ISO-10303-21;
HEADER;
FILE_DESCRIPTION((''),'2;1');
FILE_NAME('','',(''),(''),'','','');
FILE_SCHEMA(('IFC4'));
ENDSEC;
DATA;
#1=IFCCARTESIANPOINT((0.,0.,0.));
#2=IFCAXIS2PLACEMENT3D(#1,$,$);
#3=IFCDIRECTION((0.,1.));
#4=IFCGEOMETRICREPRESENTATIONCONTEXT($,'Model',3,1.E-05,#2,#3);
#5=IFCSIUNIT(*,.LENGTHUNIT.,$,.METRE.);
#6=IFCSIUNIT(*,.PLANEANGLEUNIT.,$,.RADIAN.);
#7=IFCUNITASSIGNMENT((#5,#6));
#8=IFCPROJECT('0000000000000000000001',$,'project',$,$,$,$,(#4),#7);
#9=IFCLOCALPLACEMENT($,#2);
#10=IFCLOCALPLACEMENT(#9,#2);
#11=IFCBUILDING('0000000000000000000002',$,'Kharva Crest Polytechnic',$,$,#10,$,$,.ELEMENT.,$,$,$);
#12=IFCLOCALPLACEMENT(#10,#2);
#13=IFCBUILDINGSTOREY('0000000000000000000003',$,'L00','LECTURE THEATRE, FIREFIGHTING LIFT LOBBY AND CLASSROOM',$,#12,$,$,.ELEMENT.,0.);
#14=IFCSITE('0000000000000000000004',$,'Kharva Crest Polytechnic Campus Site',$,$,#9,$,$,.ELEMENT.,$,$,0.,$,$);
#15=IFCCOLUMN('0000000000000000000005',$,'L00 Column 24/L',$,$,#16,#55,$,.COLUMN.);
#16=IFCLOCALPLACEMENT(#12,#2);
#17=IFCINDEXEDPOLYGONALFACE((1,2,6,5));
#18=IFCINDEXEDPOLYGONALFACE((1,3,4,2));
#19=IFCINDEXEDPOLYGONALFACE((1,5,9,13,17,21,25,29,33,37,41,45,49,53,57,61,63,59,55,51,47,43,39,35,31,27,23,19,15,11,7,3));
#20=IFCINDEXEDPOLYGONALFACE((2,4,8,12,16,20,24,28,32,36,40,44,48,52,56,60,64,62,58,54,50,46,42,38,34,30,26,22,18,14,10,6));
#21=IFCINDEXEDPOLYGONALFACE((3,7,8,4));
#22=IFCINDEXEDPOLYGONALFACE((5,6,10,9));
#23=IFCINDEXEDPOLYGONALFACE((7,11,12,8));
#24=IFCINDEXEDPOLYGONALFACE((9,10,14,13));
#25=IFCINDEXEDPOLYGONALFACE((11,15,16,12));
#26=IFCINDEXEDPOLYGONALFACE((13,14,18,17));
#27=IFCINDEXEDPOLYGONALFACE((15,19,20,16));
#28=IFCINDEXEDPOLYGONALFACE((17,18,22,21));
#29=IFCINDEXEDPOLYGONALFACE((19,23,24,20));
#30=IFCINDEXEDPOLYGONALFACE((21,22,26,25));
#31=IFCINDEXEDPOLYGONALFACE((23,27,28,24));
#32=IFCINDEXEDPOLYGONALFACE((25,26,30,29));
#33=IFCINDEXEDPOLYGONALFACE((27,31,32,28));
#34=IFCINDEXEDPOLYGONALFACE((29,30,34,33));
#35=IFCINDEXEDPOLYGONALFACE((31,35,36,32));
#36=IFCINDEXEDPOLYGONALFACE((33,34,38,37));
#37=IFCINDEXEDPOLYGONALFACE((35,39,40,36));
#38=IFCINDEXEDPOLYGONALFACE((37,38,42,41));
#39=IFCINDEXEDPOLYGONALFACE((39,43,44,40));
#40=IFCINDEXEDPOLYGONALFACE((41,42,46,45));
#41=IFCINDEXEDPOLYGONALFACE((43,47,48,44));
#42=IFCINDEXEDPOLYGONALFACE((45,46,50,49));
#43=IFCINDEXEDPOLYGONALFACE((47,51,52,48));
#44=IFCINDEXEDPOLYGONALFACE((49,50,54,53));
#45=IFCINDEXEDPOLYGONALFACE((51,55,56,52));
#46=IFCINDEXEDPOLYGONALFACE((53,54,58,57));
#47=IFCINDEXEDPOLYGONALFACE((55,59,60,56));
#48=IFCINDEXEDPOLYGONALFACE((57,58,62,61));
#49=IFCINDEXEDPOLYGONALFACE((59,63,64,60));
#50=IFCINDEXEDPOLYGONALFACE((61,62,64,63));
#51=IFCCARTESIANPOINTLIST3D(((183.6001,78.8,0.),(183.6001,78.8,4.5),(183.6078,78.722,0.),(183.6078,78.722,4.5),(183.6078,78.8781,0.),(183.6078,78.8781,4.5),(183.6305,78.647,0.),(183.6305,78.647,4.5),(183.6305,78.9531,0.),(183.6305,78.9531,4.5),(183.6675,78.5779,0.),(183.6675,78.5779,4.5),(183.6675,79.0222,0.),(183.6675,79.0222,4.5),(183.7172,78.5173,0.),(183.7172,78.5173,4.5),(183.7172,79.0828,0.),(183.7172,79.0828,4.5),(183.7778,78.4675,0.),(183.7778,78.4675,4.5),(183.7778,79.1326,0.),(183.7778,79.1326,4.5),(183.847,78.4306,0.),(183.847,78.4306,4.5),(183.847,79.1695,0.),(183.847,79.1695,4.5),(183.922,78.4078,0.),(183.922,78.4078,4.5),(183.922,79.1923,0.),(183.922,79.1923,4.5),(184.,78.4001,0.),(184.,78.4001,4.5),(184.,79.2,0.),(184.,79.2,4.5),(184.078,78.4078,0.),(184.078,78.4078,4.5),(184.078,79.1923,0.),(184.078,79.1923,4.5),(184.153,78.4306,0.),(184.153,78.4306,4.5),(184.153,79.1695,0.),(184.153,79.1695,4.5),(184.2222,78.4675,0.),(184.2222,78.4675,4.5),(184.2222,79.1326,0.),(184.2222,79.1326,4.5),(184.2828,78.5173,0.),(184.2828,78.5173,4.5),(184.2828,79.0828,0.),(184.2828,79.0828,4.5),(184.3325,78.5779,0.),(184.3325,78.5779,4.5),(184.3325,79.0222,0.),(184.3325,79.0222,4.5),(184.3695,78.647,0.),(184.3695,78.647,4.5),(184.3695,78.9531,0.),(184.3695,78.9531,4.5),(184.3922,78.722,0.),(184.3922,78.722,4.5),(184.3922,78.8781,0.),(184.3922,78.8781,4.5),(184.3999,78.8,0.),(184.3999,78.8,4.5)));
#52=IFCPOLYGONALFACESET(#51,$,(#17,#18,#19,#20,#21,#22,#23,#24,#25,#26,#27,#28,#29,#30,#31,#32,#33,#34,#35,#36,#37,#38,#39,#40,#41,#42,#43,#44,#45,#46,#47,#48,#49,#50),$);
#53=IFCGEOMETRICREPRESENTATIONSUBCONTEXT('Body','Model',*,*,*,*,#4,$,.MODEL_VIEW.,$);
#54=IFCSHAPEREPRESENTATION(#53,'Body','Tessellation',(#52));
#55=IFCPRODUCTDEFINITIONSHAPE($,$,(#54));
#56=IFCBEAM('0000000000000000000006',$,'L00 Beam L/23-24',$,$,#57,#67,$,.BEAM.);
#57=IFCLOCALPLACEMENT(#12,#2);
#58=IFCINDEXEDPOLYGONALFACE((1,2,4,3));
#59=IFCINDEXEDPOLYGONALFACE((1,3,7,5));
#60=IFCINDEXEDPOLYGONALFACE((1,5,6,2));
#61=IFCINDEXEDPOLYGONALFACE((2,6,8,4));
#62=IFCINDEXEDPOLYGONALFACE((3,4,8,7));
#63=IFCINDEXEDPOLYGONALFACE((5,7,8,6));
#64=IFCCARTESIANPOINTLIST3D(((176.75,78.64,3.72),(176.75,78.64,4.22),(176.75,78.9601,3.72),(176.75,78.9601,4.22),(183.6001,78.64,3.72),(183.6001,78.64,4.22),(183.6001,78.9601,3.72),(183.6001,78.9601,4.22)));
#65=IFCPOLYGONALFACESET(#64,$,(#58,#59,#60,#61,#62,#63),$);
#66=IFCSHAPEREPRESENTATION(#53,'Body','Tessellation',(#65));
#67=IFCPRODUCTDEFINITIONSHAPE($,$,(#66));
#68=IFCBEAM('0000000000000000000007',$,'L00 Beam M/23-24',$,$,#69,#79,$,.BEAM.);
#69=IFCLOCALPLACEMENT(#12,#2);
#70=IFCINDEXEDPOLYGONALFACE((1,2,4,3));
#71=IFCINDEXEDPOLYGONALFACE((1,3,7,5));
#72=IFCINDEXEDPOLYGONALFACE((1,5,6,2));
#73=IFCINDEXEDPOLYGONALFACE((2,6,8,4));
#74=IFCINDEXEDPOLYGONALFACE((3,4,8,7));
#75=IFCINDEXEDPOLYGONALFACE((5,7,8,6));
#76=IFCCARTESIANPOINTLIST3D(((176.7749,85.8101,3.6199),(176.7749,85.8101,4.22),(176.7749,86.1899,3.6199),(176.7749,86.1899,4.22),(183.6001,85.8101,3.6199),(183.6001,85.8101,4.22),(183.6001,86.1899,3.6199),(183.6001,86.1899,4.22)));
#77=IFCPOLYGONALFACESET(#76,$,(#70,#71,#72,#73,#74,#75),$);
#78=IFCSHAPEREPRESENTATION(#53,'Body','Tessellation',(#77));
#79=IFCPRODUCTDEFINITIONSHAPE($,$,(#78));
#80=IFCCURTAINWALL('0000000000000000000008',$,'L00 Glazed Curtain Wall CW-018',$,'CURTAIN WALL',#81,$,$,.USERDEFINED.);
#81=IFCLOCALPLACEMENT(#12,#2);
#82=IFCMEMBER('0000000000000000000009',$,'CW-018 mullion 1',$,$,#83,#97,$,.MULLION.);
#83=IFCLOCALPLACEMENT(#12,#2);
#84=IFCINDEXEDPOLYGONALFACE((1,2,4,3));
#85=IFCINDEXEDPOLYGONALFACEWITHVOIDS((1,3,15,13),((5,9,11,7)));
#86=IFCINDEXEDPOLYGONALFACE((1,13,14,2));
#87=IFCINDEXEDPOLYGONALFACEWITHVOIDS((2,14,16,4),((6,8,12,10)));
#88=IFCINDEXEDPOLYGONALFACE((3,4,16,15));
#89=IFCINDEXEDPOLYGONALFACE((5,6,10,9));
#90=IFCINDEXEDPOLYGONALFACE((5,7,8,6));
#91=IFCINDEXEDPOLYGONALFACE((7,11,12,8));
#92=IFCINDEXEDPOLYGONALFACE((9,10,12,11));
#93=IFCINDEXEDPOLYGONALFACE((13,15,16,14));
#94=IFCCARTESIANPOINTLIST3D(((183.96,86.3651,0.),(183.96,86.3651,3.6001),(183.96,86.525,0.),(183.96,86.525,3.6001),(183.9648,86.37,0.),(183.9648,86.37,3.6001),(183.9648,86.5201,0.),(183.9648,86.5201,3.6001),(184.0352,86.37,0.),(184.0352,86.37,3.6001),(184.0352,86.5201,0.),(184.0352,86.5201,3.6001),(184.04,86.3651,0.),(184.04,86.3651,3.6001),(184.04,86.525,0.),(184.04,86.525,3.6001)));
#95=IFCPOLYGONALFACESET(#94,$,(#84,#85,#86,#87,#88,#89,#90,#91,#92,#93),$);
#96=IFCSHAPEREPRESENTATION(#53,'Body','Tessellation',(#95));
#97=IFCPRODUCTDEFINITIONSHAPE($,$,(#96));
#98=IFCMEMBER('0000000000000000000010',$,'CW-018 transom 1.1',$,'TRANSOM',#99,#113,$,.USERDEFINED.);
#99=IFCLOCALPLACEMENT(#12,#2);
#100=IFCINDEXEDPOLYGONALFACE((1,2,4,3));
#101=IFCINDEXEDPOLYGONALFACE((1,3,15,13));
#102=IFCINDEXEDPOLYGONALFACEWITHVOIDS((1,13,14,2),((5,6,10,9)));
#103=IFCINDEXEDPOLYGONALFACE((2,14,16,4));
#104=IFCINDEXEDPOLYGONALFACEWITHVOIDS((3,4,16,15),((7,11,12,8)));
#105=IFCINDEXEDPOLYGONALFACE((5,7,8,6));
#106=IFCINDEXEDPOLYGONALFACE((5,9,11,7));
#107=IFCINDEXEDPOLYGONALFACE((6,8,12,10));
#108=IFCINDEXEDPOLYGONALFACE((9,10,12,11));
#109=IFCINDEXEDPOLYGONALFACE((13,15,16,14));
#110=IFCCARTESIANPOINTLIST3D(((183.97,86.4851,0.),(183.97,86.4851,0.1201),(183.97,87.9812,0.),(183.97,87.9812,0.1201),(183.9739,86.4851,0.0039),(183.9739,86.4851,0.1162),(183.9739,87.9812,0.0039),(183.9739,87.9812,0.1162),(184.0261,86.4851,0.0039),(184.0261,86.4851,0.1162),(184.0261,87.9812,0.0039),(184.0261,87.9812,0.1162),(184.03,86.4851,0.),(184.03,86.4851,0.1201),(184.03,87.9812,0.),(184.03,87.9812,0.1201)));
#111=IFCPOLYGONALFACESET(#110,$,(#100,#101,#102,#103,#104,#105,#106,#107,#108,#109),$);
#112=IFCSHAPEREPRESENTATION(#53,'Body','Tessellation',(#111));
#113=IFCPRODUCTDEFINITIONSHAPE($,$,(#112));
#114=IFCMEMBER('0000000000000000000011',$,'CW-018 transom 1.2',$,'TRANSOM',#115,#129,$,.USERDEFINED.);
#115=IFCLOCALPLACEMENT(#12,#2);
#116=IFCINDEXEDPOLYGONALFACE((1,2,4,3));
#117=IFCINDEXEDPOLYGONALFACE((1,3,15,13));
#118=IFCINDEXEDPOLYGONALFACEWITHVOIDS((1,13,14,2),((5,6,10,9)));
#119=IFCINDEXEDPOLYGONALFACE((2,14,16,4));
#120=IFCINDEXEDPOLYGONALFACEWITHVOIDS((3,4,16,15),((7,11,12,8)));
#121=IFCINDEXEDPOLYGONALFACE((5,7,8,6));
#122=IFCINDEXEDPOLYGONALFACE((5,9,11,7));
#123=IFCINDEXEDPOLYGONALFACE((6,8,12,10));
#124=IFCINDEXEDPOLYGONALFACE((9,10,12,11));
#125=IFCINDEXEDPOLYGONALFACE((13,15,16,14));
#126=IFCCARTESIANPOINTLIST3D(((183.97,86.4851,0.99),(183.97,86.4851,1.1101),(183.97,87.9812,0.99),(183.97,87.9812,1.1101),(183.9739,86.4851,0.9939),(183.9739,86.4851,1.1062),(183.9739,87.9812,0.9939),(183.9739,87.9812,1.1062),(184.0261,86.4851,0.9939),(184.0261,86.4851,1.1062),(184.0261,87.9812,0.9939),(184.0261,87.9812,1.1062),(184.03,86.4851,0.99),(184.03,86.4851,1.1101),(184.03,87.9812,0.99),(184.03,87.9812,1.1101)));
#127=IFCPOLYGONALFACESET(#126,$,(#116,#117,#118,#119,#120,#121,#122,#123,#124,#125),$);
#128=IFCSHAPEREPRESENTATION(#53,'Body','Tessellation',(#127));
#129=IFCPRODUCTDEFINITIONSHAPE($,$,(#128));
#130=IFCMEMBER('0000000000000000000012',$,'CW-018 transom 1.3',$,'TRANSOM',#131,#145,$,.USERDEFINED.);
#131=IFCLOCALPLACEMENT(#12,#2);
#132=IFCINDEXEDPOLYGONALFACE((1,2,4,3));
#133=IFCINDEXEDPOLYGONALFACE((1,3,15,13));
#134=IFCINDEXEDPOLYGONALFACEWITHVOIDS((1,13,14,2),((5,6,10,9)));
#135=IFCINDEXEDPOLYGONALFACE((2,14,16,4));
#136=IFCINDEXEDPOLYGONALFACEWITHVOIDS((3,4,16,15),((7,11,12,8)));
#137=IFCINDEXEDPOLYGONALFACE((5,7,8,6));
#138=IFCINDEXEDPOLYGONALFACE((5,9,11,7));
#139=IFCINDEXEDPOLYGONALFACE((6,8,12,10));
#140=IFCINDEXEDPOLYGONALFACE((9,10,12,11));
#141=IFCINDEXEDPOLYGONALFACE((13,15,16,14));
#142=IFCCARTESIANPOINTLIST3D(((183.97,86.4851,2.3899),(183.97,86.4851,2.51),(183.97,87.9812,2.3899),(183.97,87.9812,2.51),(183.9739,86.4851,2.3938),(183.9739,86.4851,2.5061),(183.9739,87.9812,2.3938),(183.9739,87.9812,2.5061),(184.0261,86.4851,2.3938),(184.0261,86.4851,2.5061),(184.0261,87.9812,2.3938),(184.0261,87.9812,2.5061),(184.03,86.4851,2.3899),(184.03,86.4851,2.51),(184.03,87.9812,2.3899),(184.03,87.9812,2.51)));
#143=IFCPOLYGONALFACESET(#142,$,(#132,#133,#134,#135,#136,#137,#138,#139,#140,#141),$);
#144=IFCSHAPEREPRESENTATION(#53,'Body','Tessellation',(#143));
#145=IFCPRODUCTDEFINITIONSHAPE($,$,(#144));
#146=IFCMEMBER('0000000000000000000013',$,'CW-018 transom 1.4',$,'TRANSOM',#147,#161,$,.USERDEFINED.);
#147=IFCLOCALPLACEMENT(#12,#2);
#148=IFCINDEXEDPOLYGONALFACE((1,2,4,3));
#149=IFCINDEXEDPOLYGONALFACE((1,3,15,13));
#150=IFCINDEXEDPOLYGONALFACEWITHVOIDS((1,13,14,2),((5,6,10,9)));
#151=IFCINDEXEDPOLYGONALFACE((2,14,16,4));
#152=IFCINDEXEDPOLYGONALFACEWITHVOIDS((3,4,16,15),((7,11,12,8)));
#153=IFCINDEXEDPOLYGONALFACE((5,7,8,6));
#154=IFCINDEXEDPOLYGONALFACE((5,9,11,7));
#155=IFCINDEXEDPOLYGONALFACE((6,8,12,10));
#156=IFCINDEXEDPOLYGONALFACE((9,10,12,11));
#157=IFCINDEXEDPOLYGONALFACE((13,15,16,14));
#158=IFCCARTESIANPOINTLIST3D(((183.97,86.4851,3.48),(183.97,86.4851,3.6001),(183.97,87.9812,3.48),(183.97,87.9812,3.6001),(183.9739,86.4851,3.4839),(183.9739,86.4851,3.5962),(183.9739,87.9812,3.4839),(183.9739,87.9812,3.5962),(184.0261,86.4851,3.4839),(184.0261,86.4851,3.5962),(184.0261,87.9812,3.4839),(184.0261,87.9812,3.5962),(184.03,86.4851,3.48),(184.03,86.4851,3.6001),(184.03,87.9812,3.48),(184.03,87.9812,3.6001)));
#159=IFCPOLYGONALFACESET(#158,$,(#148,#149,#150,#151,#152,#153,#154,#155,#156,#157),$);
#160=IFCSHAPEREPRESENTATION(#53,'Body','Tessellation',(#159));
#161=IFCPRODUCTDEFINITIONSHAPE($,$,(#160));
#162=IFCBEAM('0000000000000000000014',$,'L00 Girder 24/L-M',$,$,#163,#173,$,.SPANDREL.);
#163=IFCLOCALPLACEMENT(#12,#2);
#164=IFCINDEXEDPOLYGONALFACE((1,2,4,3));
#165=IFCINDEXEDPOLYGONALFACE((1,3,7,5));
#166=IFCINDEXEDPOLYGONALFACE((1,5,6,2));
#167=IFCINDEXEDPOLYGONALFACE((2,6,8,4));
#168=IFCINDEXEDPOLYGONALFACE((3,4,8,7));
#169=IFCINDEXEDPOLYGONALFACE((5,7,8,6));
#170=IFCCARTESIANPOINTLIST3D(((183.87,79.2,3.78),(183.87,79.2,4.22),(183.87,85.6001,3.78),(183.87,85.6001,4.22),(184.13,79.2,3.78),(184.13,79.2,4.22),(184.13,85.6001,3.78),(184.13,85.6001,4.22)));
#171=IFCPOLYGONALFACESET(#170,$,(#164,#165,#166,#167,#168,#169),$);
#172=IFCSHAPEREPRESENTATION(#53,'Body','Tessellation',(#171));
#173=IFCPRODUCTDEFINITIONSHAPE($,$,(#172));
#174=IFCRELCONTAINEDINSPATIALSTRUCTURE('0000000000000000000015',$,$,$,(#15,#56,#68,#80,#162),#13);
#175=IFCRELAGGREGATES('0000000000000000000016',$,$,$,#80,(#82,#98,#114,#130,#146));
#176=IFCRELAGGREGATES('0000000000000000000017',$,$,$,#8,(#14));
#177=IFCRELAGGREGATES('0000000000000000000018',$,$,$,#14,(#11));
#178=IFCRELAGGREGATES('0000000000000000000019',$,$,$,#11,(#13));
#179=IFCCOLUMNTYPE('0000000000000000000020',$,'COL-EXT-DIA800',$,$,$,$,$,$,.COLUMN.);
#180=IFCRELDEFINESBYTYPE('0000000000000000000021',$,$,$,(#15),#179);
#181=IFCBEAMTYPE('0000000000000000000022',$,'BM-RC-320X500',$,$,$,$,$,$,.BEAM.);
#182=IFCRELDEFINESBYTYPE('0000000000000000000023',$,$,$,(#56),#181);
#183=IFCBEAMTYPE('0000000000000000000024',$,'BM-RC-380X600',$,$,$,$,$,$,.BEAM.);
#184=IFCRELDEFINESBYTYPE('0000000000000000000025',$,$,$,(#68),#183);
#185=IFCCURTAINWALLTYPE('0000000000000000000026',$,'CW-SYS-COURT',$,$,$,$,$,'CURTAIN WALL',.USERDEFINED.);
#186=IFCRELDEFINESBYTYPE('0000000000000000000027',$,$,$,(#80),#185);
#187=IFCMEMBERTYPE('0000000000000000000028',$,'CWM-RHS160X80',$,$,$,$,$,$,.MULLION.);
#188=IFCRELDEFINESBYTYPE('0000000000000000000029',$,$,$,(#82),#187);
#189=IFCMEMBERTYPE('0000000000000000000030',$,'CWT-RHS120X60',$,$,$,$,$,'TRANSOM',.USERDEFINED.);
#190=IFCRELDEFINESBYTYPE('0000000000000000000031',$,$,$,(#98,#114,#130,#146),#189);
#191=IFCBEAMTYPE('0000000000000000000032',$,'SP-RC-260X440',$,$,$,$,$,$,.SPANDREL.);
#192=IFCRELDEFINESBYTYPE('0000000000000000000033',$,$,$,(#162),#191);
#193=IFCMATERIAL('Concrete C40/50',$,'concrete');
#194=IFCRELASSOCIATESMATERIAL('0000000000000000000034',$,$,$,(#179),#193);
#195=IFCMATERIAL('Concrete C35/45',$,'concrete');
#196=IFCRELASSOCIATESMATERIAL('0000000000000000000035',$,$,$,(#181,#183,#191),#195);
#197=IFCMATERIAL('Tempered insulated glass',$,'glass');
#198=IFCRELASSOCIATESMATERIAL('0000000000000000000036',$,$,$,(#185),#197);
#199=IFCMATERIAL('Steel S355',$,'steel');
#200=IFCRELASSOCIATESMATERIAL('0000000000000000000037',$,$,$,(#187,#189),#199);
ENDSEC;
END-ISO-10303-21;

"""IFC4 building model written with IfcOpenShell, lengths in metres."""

from ifc_helpers import new_model, si_unit, direction, frame, origin, origin_2d, place, context, subcontext, project, spatial, rectangle, hollow_rectangle, circle, extrude, material, material_profile, profile_set, type_object, element, aggregate, save


model = new_model("IFC4")

# Units and contexts
model_context = context("Model", 3, precision=1e-05, world=origin(), true_north=direction((0.0, 1.0)))
body_context = subcontext(model_context, "Body", "Model", "MODEL_VIEW")
ifc_project = project(units=[si_unit("LENGTHUNIT", "METRE"), si_unit("PLANEANGLEUNIT", "RADIAN")], contexts=[model_context])

# Site, building, storey
site_placement = place(None, origin())
site = spatial("IfcSite", under=ifc_project, at=site_placement, Name="Kharva Crest Polytechnic Campus Site", CompositionType="ELEMENT", RefElevation=0.0)
building_placement = place(site_placement, origin())
building = spatial("IfcBuilding", under=site, at=building_placement, Name="Kharva Crest Polytechnic", CompositionType="ELEMENT")
storey_placement = place(building_placement, origin())
storey = spatial("IfcBuildingStorey", under=building, at=storey_placement, Name="L00", Description="LECTURE THEATRE, FIREFIGHTING LIFT LOBBY AND CLASSROOM", CompositionType="ELEMENT", Elevation=0.0)

# Shared definitions
ifc_material_1 = material(Name="Concrete C35/45", Category="concrete")

# Column
ifc_material_2 = material(Name="Concrete C40/50", Category="concrete")
ifc_material_profile_1 = material_profile(ifc_material_2, circle(Radius=0.3999, at=origin_2d()), Name="DIA 800")
ifc_profile_set_1 = profile_set([ifc_material_profile_1], Name="Concrete C40/50")
column_type_1 = type_object("IfcColumnType", Name="COL-EXT-DIA800", PredefinedType="COLUMN", material=ifc_profile_set_1)
column_1_placement = place(storey_placement, frame((184.0, 78.8, 0.0), z_axis=(0.0, 0.0, 1.0), x_axis=(1.0, 0.0, 0.0)))
element("IfcColumn", 1, at=column_1_placement, inside=storey, type_object=column_type_1, Name="L00 Column 24/L", PredefinedType="COLUMN", context=body_context, shape_type="SweptSolid", body=[
    extrude(circle(Radius=0.3999, at=origin_2d()), origin(), (0.0, 0.0, 1.0), 4.5),
])

# Beams
ifc_material_profile_2 = material_profile(ifc_material_1, rectangle(XDim=0.3201, YDim=0.5, at=origin_2d()), Name="RECT 320 X 500")
ifc_profile_set_2 = profile_set([ifc_material_profile_2], Name="Concrete C35/45")
beam_type_1 = type_object("IfcBeamType", Name="BM-RC-320X500", PredefinedType="BEAM", material=ifc_profile_set_2)
beam_1_placement = place(storey_placement, frame((176.75, 78.8, 3.97), z_axis=(1.0, 0.0, 0.0), x_axis=(0.0, 1.0, 0.0)))
element("IfcBeam", 2, at=beam_1_placement, inside=storey, type_object=beam_type_1, Name="L00 Beam L/23-24", PredefinedType="BEAM", context=body_context, shape_type="SweptSolid", body=[
    extrude(rectangle(XDim=0.3201, YDim=0.5, at=origin_2d()), origin(), (0.0, 0.0, 1.0), 6.8501),
])
ifc_material_profile_3 = material_profile(ifc_material_1, rectangle(XDim=0.3799, YDim=0.6001, at=origin_2d()), Name="RECT 380 X 600")
ifc_profile_set_3 = profile_set([ifc_material_profile_3], Name="Concrete C35/45")
beam_type_2 = type_object("IfcBeamType", Name="BM-RC-380X600", PredefinedType="BEAM", material=ifc_profile_set_3)
beam_2_placement = place(storey_placement, frame((176.7749, 86.0, 3.9199), z_axis=(1.0, 0.0, 0.0), x_axis=(0.0, 1.0, 0.0)))
element("IfcBeam", 3, at=beam_2_placement, inside=storey, type_object=beam_type_2, Name="L00 Beam M/23-24", PredefinedType="BEAM", context=body_context, shape_type="SweptSolid", body=[
    extrude(rectangle(XDim=0.3799, YDim=0.6001, at=origin_2d()), origin(), (0.0, 0.0, 1.0), 6.8252),
])

# Curtain wall, members
ifc_material_3 = material(Name="Tempered insulated glass", Category="glass")
curtain_wall_type = type_object("IfcCurtainWallType", Name="CW-SYS-COURT", ElementType="CURTAIN WALL", PredefinedType="USERDEFINED", material=ifc_material_3)
curtain_wall_placement = place(storey_placement, origin())
curtain_wall = element("IfcCurtainWall", 4, at=curtain_wall_placement, inside=storey, type_object=curtain_wall_type, Name="L00 Glazed Curtain Wall CW-018", ObjectType="CURTAIN WALL", PredefinedType="USERDEFINED")
ifc_material_4 = material(Name="Steel S355", Category="steel")
ifc_material_profile_4 = material_profile(ifc_material_4, hollow_rectangle(XDim=0.0801, YDim=0.1599, WallThickness=0.0049, at=origin_2d()), Name="RHS 160X80X5.0")
ifc_profile_set_4 = profile_set([ifc_material_profile_4], Name="Steel S355")
member_type_1 = type_object("IfcMemberType", Name="CWM-RHS160X80", PredefinedType="MULLION", material=ifc_profile_set_4)
member_1_placement = place(storey_placement, frame((184.0, 86.4451, 0.0), z_axis=(0.0, 0.0, 1.0), x_axis=(-1.0, 0.0, 0.0)))
member_1 = element("IfcMember", 5, at=member_1_placement, type_object=member_type_1, Name="CW-018 mullion 1", PredefinedType="MULLION", context=body_context, shape_type="SweptSolid", body=[
    extrude(hollow_rectangle(XDim=0.0801, YDim=0.1599, WallThickness=0.0049, at=origin_2d()), origin(), (0.0, 0.0, 1.0), 3.6001),
])
ifc_material_profile_5 = material_profile(ifc_material_4, hollow_rectangle(XDim=0.0601, YDim=0.1201, WallThickness=0.0039, at=origin_2d()), Name="RHS 120X60X4.0")
ifc_profile_set_5 = profile_set([ifc_material_profile_5], Name="Steel S355")
member_type_2 = type_object("IfcMemberType", Name="CWT-RHS120X60", ElementType="TRANSOM", PredefinedType="USERDEFINED", material=ifc_profile_set_5)
member_2_placement = place(storey_placement, frame((184.0, 86.4851, 0.0601), z_axis=(0.0, 1.0, 0.0), x_axis=(-1.0, 0.0, 0.0)))
member_2 = element("IfcMember", 6, at=member_2_placement, type_object=member_type_2, Name="CW-018 transom 1.1", ObjectType="TRANSOM", PredefinedType="USERDEFINED", context=body_context, shape_type="SweptSolid", body=[
    extrude(hollow_rectangle(XDim=0.0601, YDim=0.1201, WallThickness=0.0039, at=origin_2d()), origin(), (0.0, 0.0, 1.0), 1.4961),
])
member_3_placement = place(storey_placement, frame((184.0, 86.4851, 1.05), z_axis=(0.0, 1.0, 0.0), x_axis=(-1.0, 0.0, 0.0)))
member_3 = element("IfcMember", 7, at=member_3_placement, type_object=member_type_2, Name="CW-018 transom 1.2", ObjectType="TRANSOM", PredefinedType="USERDEFINED", context=body_context, shape_type="SweptSolid", body=[
    extrude(hollow_rectangle(XDim=0.0601, YDim=0.1201, WallThickness=0.0039, at=origin_2d()), origin(), (0.0, 0.0, 1.0), 1.4961),
])
member_4_placement = place(storey_placement, frame((184.0, 86.4851, 2.45), z_axis=(0.0, 1.0, 0.0), x_axis=(-1.0, 0.0, 0.0)))
member_4 = element("IfcMember", 8, at=member_4_placement, type_object=member_type_2, Name="CW-018 transom 1.3", ObjectType="TRANSOM", PredefinedType="USERDEFINED", context=body_context, shape_type="SweptSolid", body=[
    extrude(hollow_rectangle(XDim=0.0601, YDim=0.1201, WallThickness=0.0039, at=origin_2d()), origin(), (0.0, 0.0, 1.0), 1.4961),
])
member_5_placement = place(storey_placement, frame((184.0, 86.4851, 3.54), z_axis=(0.0, 1.0, 0.0), x_axis=(-1.0, 0.0, 0.0)))
member_5 = element("IfcMember", 9, at=member_5_placement, type_object=member_type_2, Name="CW-018 transom 1.4", ObjectType="TRANSOM", PredefinedType="USERDEFINED", context=body_context, shape_type="SweptSolid", body=[
    extrude(hollow_rectangle(XDim=0.0601, YDim=0.1201, WallThickness=0.0039, at=origin_2d()), origin(), (0.0, 0.0, 1.0), 1.4961),
])
aggregate(curtain_wall, [member_1, member_2, member_3, member_4, member_5])

# Beam
ifc_material_profile_6 = material_profile(ifc_material_1, rectangle(XDim=0.26, YDim=0.4399, at=origin_2d()), Name="RECT 260 X 440")
ifc_profile_set_6 = profile_set([ifc_material_profile_6], Name="Concrete C35/45")
beam_type_3 = type_object("IfcBeamType", Name="SP-RC-260X440", PredefinedType="SPANDREL", material=ifc_profile_set_6)
beam_3_placement = place(storey_placement, frame((184.0, 79.2, 4.0), z_axis=(0.0, 1.0, 0.0), x_axis=(-1.0, 0.0, 0.0)))
element("IfcBeam", 10, at=beam_3_placement, inside=storey, type_object=beam_type_3, Name="L00 Girder 24/L-M", PredefinedType="SPANDREL", context=body_context, shape_type="SweptSolid", body=[
    extrude(rectangle(XDim=0.26, YDim=0.4399, at=origin_2d()), origin(), (0.0, 0.0, 1.0), 6.4001),
])

save(model, "model.ifc")
